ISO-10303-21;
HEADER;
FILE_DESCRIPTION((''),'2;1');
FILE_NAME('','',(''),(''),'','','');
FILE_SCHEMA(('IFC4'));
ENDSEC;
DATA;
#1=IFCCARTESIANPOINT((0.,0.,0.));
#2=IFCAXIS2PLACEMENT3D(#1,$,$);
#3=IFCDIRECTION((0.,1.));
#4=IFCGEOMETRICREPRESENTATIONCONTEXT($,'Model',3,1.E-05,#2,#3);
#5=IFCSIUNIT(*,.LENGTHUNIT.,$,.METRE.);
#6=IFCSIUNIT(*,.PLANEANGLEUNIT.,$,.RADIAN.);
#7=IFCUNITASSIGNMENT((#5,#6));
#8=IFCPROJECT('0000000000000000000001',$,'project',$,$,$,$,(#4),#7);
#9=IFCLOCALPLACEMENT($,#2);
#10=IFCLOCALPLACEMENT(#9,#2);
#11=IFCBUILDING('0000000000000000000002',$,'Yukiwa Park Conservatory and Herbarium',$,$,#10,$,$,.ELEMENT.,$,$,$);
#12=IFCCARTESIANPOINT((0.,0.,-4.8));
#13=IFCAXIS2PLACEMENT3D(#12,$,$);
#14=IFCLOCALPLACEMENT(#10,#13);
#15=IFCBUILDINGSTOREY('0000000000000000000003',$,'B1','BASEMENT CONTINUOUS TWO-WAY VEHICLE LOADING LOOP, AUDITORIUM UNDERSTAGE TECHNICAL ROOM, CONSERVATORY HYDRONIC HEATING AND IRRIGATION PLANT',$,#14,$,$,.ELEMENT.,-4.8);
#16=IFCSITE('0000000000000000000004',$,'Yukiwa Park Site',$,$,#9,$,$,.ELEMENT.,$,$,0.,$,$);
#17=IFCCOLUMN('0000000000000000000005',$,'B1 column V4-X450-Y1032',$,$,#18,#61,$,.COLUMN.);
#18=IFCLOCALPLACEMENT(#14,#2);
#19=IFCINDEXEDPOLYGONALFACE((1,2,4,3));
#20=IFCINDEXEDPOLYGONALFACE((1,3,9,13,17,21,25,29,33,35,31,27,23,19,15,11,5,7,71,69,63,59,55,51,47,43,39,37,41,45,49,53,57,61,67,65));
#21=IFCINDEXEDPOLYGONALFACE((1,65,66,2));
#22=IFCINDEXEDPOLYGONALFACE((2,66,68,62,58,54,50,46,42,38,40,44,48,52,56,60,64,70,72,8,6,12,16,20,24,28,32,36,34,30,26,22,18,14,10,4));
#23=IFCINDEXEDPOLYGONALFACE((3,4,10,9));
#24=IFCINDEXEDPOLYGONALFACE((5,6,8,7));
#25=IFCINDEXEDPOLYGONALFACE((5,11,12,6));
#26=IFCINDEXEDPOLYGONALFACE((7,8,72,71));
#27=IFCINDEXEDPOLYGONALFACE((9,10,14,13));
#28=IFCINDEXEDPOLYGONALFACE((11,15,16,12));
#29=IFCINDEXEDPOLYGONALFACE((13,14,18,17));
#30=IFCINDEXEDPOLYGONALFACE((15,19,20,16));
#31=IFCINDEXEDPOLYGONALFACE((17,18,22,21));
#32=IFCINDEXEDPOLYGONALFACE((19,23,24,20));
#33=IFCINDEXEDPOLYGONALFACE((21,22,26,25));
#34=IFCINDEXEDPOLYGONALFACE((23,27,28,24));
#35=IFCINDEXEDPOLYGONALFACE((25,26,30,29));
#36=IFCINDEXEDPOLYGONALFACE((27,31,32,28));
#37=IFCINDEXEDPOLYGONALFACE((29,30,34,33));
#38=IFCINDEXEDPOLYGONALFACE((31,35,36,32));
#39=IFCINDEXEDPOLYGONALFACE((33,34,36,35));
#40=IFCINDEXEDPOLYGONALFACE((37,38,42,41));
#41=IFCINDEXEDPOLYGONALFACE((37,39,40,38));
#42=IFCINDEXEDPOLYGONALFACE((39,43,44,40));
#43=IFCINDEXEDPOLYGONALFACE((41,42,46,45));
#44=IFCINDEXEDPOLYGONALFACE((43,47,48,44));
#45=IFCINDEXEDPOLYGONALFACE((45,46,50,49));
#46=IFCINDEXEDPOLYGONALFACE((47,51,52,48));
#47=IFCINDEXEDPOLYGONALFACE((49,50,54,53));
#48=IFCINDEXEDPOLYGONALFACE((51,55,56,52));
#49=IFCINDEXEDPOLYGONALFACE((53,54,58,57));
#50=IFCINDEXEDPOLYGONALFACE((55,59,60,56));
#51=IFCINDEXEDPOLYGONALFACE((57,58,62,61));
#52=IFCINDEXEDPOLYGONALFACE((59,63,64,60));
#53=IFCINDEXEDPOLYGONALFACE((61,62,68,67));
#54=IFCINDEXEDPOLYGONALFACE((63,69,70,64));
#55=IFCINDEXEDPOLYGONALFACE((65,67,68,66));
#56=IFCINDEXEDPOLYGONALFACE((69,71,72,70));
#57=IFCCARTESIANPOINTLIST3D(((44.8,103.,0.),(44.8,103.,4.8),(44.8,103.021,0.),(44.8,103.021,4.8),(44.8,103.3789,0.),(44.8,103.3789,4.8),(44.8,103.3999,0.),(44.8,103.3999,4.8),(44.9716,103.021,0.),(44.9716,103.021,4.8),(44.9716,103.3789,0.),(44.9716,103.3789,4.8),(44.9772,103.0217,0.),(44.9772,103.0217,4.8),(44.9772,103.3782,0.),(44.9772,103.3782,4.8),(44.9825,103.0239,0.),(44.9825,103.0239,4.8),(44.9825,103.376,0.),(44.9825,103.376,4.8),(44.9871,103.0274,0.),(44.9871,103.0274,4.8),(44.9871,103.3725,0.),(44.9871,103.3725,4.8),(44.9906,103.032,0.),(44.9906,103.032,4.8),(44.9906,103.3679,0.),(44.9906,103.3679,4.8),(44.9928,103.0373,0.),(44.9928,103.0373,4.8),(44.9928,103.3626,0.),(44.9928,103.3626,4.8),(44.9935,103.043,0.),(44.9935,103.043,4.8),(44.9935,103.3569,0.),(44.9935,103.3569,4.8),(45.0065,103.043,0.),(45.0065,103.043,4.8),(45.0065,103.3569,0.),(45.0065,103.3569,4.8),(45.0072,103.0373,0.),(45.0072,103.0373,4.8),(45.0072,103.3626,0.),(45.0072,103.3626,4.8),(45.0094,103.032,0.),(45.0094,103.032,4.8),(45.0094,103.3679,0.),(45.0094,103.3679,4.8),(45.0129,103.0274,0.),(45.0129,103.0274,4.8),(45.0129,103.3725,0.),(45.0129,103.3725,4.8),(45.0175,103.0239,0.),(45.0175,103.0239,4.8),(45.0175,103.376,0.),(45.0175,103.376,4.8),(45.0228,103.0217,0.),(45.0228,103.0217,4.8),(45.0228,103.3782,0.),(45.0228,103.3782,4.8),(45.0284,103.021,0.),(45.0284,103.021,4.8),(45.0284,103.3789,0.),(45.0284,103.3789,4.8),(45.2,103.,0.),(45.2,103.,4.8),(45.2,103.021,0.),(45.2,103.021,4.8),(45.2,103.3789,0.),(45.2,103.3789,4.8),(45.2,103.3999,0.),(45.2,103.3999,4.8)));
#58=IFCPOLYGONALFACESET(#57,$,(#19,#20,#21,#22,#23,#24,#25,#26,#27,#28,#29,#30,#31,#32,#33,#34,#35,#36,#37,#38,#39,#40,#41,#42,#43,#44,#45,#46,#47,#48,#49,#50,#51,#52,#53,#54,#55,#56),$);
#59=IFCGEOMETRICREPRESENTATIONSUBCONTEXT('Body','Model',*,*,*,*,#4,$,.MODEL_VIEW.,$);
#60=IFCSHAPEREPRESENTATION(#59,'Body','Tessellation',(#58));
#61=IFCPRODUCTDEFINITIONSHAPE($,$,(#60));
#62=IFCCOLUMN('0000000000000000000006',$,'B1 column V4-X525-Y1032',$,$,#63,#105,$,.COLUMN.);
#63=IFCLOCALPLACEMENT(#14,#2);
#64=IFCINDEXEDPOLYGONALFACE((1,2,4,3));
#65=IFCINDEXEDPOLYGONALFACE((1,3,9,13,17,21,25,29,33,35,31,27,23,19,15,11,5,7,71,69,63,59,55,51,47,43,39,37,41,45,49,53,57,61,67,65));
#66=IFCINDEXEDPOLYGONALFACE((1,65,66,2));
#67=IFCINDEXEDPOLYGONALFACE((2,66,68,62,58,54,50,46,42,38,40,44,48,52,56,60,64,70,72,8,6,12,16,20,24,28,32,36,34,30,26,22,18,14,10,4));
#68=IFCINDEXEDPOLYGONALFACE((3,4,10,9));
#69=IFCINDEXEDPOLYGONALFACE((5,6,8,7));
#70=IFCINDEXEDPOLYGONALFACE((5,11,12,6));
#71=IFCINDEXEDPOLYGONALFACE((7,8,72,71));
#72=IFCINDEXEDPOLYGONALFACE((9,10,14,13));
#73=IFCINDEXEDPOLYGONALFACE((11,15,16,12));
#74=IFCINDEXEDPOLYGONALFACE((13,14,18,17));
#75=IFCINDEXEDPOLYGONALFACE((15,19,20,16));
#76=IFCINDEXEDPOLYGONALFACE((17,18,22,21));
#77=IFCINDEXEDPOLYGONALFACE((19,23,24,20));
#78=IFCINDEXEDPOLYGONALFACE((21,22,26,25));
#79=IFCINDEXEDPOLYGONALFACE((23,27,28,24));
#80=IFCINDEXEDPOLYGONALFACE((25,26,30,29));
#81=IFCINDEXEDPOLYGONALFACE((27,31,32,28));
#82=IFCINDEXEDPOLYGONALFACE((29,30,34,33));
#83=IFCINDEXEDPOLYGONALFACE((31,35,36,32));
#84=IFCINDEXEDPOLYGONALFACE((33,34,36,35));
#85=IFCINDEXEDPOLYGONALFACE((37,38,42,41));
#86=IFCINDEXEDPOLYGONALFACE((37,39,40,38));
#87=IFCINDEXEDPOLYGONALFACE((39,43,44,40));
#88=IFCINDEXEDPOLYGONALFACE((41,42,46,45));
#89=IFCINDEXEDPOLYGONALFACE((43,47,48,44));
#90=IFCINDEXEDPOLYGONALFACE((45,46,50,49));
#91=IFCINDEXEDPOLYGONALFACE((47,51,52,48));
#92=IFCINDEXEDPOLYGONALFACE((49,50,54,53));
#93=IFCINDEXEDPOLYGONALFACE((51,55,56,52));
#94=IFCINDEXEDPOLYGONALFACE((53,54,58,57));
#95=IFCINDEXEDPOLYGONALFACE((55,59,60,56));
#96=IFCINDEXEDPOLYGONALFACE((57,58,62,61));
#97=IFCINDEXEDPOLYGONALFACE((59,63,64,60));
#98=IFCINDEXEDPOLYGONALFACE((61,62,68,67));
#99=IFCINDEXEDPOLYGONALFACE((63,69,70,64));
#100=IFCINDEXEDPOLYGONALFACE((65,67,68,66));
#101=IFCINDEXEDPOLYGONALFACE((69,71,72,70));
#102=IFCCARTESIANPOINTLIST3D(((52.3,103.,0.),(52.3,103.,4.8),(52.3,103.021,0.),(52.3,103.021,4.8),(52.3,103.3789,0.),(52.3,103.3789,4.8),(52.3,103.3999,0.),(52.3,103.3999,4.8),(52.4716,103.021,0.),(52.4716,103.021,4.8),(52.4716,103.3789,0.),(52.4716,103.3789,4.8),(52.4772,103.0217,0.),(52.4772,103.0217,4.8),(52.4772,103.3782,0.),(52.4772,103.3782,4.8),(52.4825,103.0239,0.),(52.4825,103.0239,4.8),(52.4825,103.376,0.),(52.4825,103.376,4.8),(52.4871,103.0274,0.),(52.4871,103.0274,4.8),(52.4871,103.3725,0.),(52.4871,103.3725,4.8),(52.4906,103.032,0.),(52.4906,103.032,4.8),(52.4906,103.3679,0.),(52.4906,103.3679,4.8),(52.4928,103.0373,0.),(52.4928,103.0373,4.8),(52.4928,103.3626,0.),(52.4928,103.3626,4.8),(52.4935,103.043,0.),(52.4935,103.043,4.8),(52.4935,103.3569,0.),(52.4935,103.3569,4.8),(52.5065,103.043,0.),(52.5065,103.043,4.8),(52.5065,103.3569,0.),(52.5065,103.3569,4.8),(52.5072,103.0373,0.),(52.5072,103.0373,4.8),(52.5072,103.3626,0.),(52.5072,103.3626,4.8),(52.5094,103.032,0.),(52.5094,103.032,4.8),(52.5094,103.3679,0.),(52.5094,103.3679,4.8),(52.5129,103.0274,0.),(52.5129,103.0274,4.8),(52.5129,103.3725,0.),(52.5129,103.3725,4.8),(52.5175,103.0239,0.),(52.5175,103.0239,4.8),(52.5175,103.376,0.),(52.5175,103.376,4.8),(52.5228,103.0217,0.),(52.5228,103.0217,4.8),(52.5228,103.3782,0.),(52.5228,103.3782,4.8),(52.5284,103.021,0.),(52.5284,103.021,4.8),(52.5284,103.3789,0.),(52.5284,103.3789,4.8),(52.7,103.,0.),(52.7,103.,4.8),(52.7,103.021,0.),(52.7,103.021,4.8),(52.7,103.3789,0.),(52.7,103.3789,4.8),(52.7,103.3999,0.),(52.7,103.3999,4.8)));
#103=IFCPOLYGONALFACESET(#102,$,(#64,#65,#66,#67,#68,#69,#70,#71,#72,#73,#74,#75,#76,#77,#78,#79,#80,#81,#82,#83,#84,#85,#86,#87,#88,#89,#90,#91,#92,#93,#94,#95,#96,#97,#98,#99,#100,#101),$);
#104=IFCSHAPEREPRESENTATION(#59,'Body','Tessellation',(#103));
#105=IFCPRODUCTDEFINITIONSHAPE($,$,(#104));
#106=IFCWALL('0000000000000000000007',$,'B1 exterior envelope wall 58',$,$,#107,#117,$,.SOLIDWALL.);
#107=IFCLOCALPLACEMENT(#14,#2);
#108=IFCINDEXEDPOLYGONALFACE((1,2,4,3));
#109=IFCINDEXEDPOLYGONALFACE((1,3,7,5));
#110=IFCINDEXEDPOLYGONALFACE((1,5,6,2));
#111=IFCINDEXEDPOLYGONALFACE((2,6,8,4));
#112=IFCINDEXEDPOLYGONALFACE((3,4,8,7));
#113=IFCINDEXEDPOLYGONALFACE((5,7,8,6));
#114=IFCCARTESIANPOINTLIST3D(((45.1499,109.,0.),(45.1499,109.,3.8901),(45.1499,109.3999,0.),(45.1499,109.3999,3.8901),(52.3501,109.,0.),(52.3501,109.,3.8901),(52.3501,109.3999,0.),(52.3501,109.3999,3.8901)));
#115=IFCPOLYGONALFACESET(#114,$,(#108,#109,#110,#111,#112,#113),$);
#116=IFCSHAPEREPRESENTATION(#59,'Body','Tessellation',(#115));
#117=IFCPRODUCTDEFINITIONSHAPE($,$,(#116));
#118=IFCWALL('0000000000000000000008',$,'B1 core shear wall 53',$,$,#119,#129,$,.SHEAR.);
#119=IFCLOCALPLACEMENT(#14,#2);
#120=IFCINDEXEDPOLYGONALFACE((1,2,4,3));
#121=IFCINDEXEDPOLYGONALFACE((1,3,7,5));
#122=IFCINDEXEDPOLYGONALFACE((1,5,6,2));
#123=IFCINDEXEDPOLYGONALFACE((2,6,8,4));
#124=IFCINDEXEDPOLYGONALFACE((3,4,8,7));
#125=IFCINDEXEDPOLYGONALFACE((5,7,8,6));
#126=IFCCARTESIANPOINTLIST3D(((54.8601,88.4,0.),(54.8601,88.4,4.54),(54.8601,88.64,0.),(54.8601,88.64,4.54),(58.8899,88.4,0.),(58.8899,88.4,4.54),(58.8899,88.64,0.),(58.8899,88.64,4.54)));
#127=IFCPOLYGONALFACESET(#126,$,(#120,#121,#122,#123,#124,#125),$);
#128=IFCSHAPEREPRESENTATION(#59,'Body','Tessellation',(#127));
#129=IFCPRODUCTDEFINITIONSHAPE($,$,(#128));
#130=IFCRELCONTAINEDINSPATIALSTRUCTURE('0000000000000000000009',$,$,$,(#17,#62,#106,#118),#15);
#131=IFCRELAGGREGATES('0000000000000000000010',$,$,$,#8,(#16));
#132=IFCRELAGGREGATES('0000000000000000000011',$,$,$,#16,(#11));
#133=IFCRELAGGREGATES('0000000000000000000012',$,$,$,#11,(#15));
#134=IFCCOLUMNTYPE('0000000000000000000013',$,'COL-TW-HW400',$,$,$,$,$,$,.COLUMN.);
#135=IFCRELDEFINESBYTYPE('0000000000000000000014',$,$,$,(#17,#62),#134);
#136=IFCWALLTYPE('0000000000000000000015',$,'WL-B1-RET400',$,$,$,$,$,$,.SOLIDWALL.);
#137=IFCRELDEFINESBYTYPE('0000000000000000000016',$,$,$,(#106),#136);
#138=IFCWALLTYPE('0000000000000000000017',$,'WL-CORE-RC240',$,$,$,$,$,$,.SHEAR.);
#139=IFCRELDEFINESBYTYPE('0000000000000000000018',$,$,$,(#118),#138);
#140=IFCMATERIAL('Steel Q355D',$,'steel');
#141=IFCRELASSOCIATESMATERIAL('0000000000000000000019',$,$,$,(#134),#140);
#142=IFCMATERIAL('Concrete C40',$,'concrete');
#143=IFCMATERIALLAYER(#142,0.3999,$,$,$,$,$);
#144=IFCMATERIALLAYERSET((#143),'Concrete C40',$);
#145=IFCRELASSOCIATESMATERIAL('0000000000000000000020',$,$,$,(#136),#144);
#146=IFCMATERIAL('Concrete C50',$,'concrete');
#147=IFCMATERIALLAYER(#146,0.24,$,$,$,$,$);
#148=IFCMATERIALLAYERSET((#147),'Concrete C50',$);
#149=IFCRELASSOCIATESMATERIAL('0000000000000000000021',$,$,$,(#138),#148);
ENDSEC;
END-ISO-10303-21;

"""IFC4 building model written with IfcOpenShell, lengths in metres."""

from ifc_helpers import new_model, si_unit, direction, frame, frame_2d, origin, origin_2d, place, context, subcontext, project, spatial, rectangle, i_section, extrude, material, layer, layer_set, material_profile, profile_set, type_object, element, save


model = new_model("IFC4")

# Units and contexts
model_context = context("Model", 3, precision=1e-05, world=origin(), true_north=direction((0.0, 1.0)))
body_context = subcontext(model_context, "Body", "Model", "MODEL_VIEW")
ifc_project = project(units=[si_unit("LENGTHUNIT", "METRE"), si_unit("PLANEANGLEUNIT", "RADIAN")], contexts=[model_context])

# Site, building, storey
site_placement = place(None, origin())
site = spatial("IfcSite", under=ifc_project, at=site_placement, Name="Yukiwa Park Site", CompositionType="ELEMENT", RefElevation=0.0)
building_placement = place(site_placement, origin())
building = spatial("IfcBuilding", under=site, at=building_placement, Name="Yukiwa Park Conservatory and Herbarium", CompositionType="ELEMENT")
storey_placement = place(building_placement, frame((0.0, 0.0, -4.8)))
storey = spatial("IfcBuildingStorey", under=building, at=storey_placement, Name="B1", Description="BASEMENT CONTINUOUS TWO-WAY VEHICLE LOADING LOOP, AUDITORIUM UNDERSTAGE TECHNICAL ROOM, CONSERVATORY HYDRONIC HEATING AND IRRIGATION PLANT", CompositionType="ELEMENT", Elevation=-4.8)

# Columns
ifc_material_1 = material(Name="Steel Q355D", Category="steel")
ifc_material_profile_1 = material_profile(ifc_material_1, i_section(OverallWidth=0.3999, OverallDepth=0.3999, WebThickness=0.0129, FlangeThickness=0.021, FilletRadius=0.022, at=origin_2d()), Name="HW 400x400x13x21")
ifc_profile_set_1 = profile_set([ifc_material_profile_1], Name="Steel Q355D")
column_type_1 = type_object("IfcColumnType", Name="COL-TW-HW400", PredefinedType="COLUMN", material=ifc_profile_set_1)
for number, where, z_axis, x_axis, name in (
    (1, (45.0, 103.2, 0.0), (0.0, 0.0, 1.0), (1.0, 0.0, 0.0), "B1 column V4-X450-Y1032"),
    (2, (52.5, 103.2, 0.0), (0.0, 0.0, 1.0), (1.0, 0.0, 0.0), "B1 column V4-X525-Y1032"),
):
    element("IfcColumn", number, at=place(storey_placement, frame(where, z_axis=z_axis, x_axis=x_axis)), inside=storey, type_object=column_type_1, Name=name, PredefinedType="COLUMN", context=body_context, shape_type="SweptSolid", body=[
        extrude(i_section(OverallWidth=0.3999, OverallDepth=0.3999, WebThickness=0.0129, FlangeThickness=0.021, FilletRadius=0.022, at=origin_2d()), origin(), (0.0, 0.0, 1.0), 4.8),
    ])

# Walls
ifc_material_2 = material(Name="Concrete C40", Category="concrete")
ifc_layer_1 = layer(ifc_material_2, 0.3999)
ifc_layer_set_1 = layer_set([ifc_layer_1], Name="Concrete C40")
wall_type_1 = type_object("IfcWallType", Name="WL-B1-RET400", PredefinedType="SOLIDWALL", material=ifc_layer_set_1)
wall_1_placement = place(storey_placement, frame((52.3501, 109.2, 0.0), z_axis=(0.0, 0.0, 1.0), x_axis=(-1.0, 0.0, 0.0)))
element("IfcWall", 3, at=wall_1_placement, inside=storey, type_object=wall_type_1, Name="B1 exterior envelope wall 58", PredefinedType="SOLIDWALL", context=body_context, shape_type="SweptSolid", body=[
    extrude(rectangle(XDim=7.2002, YDim=0.3999, at=frame_2d((3.6001, 0.0))), origin(), (0.0, 0.0, 1.0), 3.8901),
])
ifc_material_3 = material(Name="Concrete C50", Category="concrete")
ifc_layer_2 = layer(ifc_material_3, 0.24)
ifc_layer_set_2 = layer_set([ifc_layer_2], Name="Concrete C50")
wall_type_2 = type_object("IfcWallType", Name="WL-CORE-RC240", PredefinedType="SHEAR", material=ifc_layer_set_2)
wall_2_placement = place(storey_placement, frame((54.8601, 88.52, 0.0), z_axis=(0.0, 0.0, 1.0), x_axis=(1.0, 0.0, 0.0)))
element("IfcWall", 4, at=wall_2_placement, inside=storey, type_object=wall_type_2, Name="B1 core shear wall 53", PredefinedType="SHEAR", context=body_context, shape_type="SweptSolid", body=[
    extrude(rectangle(XDim=4.0298, YDim=0.24, at=frame_2d((2.0149, 0.0))), origin(), (0.0, 0.0, 1.0), 4.54),
])

save(model, "model.ifc")
